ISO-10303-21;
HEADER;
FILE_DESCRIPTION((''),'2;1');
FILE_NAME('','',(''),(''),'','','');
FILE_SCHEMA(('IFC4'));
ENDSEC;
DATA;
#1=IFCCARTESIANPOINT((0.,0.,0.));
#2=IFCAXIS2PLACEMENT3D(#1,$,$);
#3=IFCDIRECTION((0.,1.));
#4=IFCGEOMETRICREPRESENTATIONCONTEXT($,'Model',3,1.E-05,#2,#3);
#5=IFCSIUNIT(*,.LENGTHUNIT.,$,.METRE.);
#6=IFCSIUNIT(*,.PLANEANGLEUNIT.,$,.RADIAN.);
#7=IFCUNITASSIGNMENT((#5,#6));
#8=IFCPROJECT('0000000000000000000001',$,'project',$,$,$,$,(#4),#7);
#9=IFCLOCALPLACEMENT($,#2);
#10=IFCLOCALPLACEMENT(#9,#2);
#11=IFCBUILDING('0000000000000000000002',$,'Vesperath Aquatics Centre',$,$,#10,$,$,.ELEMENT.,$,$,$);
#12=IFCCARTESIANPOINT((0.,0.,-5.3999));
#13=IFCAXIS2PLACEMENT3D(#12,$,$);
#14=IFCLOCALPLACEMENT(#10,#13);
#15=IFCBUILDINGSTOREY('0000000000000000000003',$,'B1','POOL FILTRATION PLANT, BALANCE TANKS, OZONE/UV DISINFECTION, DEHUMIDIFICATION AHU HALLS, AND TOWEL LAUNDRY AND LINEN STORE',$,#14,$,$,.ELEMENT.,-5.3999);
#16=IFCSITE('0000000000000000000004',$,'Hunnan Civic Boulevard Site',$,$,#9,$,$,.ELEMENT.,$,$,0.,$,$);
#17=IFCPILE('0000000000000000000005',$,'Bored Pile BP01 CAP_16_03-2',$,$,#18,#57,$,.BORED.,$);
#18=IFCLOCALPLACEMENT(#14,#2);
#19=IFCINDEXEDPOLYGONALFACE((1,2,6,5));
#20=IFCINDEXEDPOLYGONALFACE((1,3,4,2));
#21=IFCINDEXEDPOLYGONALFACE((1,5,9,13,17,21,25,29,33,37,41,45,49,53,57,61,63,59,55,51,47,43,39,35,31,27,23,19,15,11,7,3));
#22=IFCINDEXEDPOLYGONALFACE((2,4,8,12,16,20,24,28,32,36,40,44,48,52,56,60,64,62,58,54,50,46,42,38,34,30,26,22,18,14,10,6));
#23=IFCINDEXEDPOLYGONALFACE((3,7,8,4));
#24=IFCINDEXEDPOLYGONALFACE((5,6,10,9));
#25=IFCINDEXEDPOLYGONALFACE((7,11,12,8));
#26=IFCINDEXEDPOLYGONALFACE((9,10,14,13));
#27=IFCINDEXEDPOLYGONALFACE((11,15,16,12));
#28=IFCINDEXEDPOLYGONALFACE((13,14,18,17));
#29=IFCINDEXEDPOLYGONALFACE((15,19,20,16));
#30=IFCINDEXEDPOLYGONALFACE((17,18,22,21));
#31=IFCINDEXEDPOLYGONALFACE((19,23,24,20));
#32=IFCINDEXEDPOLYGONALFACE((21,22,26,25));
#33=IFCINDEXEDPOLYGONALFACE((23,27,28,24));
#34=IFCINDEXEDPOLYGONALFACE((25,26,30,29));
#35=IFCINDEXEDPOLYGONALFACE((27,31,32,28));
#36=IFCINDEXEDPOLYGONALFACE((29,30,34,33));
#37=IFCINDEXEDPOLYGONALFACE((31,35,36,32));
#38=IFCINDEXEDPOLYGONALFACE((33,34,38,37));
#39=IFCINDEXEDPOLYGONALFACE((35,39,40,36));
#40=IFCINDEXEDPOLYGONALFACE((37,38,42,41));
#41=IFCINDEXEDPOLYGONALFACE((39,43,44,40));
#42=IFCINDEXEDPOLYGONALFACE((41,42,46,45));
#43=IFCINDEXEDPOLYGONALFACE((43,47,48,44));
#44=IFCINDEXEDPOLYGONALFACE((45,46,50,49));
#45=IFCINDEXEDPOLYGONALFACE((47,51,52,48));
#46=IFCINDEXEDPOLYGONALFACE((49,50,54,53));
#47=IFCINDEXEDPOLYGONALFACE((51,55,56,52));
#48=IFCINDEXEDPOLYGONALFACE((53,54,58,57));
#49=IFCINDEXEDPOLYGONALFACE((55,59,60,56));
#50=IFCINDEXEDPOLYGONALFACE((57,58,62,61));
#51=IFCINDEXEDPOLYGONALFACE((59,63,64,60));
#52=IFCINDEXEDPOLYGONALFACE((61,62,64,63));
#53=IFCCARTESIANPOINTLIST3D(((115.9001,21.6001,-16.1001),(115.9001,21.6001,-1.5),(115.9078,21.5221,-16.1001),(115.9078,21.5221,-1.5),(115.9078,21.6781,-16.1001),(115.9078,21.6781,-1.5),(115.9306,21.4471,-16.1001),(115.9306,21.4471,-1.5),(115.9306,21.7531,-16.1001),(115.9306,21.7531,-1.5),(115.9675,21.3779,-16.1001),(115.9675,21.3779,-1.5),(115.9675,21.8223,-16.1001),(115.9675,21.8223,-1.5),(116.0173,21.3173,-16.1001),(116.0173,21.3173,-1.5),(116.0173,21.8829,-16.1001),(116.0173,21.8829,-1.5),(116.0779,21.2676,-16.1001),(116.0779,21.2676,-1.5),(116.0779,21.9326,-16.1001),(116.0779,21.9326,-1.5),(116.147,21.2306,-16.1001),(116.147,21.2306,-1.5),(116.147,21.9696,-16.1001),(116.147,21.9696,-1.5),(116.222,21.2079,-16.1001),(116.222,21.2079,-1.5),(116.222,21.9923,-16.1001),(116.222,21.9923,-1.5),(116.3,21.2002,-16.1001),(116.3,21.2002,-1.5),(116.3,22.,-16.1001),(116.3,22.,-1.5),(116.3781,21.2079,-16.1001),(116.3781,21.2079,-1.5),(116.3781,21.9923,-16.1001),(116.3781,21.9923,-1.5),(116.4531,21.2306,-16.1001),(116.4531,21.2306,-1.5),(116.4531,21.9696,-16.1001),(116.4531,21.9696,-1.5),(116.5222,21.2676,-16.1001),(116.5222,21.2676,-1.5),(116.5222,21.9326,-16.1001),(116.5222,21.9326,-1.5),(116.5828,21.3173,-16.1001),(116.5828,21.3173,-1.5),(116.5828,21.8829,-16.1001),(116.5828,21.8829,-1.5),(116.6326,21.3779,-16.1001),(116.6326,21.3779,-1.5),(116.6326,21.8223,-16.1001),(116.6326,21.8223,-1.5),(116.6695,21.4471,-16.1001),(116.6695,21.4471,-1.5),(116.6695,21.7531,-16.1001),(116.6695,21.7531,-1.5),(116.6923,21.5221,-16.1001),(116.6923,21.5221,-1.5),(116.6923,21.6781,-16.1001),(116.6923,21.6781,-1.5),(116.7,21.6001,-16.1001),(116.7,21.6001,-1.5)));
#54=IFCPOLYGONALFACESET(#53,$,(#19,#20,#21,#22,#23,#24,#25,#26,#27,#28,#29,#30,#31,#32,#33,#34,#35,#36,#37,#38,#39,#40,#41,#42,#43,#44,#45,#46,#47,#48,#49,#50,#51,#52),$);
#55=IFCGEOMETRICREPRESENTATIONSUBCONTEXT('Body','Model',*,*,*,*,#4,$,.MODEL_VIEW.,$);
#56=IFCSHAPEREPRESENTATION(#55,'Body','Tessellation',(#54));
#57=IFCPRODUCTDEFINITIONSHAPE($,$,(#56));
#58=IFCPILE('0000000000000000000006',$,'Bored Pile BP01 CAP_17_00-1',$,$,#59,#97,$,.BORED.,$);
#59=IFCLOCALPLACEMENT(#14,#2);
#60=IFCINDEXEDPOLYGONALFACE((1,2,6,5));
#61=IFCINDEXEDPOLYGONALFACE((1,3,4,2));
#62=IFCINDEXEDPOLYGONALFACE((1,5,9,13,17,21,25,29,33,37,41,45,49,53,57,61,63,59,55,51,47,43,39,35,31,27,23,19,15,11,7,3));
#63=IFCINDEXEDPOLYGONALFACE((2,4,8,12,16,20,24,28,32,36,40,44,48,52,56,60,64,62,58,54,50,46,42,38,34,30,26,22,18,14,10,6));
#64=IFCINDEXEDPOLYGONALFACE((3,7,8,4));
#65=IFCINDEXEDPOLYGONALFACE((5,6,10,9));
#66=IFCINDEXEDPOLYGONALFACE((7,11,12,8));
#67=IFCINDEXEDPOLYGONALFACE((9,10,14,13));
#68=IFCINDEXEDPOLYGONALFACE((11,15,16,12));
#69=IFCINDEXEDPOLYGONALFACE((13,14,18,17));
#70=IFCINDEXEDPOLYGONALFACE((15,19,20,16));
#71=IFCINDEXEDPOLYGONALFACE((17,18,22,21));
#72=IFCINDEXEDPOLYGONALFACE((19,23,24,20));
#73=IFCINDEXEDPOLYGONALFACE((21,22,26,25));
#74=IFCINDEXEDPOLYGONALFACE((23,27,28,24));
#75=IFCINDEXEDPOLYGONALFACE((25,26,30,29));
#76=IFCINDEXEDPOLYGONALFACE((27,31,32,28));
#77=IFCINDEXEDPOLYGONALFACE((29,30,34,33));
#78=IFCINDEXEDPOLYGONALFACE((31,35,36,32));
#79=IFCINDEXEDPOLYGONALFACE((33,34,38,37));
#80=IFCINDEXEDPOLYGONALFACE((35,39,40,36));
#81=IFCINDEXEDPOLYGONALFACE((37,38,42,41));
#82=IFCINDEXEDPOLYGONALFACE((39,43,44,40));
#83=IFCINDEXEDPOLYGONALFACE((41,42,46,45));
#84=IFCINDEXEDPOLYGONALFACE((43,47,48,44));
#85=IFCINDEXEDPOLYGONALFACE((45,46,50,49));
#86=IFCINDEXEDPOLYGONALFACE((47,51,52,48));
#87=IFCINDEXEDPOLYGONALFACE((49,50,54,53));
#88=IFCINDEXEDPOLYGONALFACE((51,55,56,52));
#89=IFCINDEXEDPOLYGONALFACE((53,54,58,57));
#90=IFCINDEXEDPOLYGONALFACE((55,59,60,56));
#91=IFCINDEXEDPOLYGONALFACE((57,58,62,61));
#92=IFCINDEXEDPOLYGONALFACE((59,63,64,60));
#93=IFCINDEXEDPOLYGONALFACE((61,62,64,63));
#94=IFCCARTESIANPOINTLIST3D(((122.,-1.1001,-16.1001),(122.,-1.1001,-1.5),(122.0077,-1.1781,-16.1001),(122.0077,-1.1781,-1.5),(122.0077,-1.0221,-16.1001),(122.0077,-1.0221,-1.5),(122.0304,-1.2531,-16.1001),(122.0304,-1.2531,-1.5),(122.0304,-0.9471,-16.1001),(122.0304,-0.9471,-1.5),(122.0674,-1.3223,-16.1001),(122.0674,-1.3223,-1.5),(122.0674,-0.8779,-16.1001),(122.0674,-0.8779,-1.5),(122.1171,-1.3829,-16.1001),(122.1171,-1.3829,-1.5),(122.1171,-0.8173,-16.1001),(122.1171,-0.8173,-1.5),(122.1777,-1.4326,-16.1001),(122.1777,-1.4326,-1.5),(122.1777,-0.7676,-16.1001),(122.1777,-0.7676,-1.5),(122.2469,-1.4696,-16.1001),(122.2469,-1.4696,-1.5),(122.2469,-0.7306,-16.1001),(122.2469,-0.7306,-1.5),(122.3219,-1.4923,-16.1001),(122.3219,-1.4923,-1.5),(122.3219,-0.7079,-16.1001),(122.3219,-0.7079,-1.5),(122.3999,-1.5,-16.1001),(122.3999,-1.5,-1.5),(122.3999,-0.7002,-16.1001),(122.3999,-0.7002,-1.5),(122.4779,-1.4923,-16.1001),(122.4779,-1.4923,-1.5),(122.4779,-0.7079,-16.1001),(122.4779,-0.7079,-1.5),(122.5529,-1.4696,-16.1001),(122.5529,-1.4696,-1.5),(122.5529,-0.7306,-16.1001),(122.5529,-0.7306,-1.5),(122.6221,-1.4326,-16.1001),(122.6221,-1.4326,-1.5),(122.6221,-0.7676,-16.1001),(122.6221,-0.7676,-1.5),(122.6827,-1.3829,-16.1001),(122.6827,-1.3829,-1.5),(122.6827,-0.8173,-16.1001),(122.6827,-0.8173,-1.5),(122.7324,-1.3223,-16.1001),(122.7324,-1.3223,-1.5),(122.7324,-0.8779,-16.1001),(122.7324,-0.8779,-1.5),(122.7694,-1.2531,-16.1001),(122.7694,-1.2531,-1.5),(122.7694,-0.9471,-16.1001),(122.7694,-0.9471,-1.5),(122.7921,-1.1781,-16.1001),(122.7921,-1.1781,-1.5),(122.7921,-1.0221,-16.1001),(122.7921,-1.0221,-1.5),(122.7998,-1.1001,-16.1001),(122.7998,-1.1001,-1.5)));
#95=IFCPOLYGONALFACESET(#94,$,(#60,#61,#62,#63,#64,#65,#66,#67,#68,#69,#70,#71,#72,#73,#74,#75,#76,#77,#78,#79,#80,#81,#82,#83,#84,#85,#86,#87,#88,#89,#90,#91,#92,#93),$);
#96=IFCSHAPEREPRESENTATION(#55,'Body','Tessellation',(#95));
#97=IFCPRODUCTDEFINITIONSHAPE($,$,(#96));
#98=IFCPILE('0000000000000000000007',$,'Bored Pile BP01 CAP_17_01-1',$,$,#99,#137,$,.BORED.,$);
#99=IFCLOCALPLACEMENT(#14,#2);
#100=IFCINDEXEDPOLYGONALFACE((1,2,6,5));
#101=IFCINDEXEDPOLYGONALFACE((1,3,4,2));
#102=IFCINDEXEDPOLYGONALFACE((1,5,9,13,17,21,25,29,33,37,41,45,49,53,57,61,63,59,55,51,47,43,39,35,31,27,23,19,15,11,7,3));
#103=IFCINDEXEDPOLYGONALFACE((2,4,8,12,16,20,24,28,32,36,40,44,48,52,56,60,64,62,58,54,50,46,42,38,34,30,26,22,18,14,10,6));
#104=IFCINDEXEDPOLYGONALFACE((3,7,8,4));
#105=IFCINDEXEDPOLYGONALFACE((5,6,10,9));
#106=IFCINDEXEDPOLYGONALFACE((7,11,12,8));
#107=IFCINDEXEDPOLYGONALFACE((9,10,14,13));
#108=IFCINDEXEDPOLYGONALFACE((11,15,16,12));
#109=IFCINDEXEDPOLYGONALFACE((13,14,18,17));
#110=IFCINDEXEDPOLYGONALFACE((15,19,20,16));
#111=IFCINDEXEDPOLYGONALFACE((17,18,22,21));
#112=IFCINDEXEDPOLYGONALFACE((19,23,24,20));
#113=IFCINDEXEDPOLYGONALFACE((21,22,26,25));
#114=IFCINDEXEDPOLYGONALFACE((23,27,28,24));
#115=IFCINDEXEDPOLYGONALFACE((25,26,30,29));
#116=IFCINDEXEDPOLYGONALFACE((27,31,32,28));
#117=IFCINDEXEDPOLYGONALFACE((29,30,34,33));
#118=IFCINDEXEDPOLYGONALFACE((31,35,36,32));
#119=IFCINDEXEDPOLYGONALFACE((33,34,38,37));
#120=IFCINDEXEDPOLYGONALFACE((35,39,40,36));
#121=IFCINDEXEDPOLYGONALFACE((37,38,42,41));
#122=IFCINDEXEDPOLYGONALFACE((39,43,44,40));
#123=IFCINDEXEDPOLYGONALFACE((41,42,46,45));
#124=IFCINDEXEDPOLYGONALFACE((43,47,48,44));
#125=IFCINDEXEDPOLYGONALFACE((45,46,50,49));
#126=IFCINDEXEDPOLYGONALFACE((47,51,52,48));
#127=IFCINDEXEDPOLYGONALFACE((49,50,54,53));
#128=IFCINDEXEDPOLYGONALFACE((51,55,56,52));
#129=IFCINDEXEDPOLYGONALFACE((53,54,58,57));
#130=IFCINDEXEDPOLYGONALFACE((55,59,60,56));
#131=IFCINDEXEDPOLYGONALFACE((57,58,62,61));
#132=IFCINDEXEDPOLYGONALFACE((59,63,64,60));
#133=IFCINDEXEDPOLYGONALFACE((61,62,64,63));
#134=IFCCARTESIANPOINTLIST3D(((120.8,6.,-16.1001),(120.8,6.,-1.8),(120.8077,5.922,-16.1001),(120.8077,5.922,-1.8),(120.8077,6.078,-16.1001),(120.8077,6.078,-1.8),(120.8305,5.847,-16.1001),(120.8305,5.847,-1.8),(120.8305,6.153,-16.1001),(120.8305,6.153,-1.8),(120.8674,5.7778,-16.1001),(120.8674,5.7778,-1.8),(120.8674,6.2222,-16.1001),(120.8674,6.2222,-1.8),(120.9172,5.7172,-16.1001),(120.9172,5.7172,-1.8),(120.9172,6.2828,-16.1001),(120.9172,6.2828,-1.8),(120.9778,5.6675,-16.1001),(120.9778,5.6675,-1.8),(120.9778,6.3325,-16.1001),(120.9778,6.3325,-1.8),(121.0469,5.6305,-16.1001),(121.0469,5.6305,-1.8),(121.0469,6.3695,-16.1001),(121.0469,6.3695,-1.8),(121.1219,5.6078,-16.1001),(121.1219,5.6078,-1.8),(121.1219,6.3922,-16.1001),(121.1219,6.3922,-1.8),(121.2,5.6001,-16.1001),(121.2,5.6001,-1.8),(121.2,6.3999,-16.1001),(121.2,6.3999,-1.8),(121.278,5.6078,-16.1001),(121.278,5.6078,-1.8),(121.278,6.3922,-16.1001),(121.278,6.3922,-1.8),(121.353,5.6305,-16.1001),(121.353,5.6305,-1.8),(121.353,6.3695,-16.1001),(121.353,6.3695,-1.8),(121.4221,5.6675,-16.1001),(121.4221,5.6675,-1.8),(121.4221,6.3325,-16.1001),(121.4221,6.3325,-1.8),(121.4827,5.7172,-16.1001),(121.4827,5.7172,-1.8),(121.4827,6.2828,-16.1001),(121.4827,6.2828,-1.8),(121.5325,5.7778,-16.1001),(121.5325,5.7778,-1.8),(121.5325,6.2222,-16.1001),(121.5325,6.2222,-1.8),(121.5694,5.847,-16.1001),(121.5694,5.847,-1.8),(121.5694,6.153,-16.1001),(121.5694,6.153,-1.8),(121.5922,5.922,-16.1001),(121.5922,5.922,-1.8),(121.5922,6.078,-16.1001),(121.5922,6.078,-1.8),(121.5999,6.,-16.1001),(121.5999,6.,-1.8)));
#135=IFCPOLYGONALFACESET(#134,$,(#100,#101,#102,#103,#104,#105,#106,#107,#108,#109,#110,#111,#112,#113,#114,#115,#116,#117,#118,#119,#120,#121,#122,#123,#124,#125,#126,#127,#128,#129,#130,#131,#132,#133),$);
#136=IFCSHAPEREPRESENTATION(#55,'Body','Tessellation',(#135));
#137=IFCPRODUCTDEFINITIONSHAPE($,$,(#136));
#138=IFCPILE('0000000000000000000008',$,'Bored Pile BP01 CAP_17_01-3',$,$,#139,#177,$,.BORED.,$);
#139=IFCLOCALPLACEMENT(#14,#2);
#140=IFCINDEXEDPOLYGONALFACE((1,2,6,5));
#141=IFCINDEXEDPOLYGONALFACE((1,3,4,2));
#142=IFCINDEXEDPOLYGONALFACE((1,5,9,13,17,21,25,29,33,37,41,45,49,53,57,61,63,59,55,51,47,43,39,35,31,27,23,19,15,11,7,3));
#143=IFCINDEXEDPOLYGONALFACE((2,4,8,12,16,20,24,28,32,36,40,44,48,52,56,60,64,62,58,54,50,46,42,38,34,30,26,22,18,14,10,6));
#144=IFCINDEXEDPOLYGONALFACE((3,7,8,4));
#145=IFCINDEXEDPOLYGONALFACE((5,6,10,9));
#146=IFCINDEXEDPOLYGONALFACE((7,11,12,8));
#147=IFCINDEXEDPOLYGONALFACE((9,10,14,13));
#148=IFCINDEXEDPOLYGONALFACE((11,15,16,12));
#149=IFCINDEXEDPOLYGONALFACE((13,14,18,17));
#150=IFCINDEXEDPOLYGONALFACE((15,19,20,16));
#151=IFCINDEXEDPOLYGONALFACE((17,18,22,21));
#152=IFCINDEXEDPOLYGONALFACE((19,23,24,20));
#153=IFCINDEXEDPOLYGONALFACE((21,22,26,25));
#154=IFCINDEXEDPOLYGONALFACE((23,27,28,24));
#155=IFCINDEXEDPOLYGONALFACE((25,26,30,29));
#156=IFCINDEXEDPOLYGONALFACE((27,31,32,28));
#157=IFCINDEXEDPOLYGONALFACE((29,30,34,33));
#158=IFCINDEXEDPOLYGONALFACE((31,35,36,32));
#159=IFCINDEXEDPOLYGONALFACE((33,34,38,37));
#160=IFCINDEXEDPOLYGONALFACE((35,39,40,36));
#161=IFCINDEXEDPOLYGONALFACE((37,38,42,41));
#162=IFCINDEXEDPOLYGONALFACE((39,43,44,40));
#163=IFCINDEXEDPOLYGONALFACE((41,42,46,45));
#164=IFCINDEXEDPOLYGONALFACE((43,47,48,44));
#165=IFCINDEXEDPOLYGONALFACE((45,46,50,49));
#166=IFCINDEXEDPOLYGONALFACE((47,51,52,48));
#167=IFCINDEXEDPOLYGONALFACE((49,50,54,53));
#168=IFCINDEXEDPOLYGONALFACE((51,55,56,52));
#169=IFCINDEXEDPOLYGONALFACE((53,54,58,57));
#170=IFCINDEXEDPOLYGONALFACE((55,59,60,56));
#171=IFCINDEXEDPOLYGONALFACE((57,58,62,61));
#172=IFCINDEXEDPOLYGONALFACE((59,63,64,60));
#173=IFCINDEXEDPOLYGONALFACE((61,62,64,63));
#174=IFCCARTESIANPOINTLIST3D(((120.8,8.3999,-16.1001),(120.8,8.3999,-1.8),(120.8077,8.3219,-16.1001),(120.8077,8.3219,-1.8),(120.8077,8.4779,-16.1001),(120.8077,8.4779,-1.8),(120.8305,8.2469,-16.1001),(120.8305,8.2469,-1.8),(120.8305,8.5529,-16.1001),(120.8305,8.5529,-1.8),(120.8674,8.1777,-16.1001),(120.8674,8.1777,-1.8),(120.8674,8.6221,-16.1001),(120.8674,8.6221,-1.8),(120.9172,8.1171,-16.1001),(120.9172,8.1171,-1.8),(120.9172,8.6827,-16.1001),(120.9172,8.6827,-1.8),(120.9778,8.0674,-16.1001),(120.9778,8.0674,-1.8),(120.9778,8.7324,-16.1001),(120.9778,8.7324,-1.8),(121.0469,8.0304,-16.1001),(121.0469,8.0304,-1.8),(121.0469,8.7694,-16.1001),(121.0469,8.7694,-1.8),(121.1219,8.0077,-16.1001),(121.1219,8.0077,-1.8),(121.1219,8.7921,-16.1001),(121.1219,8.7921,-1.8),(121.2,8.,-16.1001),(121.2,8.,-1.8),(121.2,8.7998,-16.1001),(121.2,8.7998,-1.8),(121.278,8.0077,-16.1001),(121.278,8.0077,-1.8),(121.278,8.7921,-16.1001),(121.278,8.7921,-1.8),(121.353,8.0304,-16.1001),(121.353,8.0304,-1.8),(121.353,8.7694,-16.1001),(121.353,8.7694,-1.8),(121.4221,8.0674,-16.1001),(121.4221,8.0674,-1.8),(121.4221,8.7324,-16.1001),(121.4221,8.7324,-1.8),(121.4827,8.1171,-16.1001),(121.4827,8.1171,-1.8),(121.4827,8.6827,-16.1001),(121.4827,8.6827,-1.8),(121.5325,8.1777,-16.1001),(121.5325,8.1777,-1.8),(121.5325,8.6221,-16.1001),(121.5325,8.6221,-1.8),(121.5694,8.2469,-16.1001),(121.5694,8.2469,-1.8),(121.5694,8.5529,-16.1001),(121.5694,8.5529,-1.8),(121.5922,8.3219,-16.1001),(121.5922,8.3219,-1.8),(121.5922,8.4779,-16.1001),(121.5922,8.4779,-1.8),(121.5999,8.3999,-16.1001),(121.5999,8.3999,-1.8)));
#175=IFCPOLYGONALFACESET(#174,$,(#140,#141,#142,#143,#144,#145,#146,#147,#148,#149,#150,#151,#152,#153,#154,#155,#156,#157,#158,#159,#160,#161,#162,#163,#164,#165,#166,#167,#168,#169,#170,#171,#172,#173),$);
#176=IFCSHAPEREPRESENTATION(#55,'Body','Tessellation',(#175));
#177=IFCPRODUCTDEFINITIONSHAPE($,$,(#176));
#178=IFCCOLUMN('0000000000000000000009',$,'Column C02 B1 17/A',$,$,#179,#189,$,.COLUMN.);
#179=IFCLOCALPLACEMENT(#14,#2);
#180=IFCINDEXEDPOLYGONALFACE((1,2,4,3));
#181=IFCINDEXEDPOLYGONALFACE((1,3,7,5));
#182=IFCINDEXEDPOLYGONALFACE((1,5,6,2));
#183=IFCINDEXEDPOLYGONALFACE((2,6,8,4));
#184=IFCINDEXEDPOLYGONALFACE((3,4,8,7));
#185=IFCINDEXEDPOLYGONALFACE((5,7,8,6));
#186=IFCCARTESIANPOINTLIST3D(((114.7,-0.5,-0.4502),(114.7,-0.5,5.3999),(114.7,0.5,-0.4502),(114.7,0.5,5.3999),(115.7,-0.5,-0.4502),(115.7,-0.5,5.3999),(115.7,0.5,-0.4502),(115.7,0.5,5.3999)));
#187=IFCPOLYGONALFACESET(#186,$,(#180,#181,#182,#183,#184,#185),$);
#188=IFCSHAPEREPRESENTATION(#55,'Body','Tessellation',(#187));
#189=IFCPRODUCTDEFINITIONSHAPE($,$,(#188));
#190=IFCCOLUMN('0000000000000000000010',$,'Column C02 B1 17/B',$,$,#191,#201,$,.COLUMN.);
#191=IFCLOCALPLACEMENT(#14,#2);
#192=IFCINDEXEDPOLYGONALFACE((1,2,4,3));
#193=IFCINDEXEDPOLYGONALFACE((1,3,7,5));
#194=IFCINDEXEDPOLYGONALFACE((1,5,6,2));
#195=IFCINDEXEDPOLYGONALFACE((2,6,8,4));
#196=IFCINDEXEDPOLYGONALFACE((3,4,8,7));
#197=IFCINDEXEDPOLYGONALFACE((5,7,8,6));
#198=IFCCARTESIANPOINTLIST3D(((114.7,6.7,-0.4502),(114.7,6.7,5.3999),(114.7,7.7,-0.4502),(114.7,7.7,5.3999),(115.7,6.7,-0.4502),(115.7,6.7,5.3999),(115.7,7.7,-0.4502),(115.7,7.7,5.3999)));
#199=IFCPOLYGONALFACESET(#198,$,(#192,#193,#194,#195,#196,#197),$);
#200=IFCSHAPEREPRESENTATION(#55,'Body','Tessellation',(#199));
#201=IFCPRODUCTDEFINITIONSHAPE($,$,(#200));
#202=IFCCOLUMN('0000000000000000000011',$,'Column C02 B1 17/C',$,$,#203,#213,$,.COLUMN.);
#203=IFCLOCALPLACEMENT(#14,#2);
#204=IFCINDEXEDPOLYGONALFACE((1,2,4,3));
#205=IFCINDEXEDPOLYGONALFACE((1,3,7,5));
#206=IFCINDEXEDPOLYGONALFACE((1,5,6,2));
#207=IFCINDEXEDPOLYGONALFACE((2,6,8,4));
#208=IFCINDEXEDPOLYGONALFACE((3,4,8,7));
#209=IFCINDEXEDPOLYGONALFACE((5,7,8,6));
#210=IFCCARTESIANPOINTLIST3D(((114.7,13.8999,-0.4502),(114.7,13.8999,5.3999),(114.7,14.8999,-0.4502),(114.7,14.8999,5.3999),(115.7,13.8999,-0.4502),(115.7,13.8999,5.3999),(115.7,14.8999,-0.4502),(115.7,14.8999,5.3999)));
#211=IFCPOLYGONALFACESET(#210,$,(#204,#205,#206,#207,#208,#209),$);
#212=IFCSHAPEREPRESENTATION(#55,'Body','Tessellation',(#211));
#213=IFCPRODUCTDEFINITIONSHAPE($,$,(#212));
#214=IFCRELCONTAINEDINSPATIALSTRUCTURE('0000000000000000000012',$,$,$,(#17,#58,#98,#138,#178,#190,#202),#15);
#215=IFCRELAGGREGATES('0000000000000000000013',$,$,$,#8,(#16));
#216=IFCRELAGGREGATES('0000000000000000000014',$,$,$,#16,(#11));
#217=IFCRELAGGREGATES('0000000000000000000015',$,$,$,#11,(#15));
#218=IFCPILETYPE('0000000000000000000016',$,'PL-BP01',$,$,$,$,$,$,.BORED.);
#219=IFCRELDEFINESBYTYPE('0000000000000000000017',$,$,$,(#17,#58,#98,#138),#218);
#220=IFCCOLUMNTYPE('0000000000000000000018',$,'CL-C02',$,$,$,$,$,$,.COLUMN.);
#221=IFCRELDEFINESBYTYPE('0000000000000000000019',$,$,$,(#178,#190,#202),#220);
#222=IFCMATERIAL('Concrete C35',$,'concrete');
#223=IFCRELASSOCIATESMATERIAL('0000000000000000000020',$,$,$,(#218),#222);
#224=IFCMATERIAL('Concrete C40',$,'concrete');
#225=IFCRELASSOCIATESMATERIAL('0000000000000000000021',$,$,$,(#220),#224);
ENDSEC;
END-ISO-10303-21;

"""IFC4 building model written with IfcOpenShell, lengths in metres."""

from ifc_helpers import new_model, si_unit, direction, frame, origin, origin_2d, place, context, subcontext, project, spatial, rectangle, circle, extrude, material, material_profile, profile_set, type_object, element, save


model = new_model("IFC4")

# Units and contexts
model_context = context("Model", 3, precision=1e-05, world=origin(), true_north=direction((0.0, 1.0)))
body_context = subcontext(model_context, "Body", "Model", "MODEL_VIEW")
ifc_project = project(units=[si_unit("LENGTHUNIT", "METRE"), si_unit("PLANEANGLEUNIT", "RADIAN")], contexts=[model_context])

# Site, building, storey
site_placement = place(None, origin())
site = spatial("IfcSite", under=ifc_project, at=site_placement, Name="Hunnan Civic Boulevard Site", CompositionType="ELEMENT", RefElevation=0.0)
building_placement = place(site_placement, origin())
building = spatial("IfcBuilding", under=site, at=building_placement, Name="Vesperath Aquatics Centre", CompositionType="ELEMENT")
storey_placement = place(building_placement, frame((0.0, 0.0, -5.3999)))
storey = spatial("IfcBuildingStorey", under=building, at=storey_placement, Name="B1", Description="POOL FILTRATION PLANT, BALANCE TANKS, OZONE/UV DISINFECTION, DEHUMIDIFICATION AHU HALLS, AND TOWEL LAUNDRY AND LINEN STORE", CompositionType="ELEMENT", Elevation=-5.3999)

# Shared definitions
ifc_material_1 = material(Name="Concrete C40", Category="concrete")

# Piles
ifc_material_2 = material(Name="Concrete C35", Category="concrete")
ifc_material_profile_1 = material_profile(ifc_material_2, circle(Radius=0.3999, at=origin_2d()), Name="PILE D800")
ifc_profile_set_1 = profile_set([ifc_material_profile_1], Name="Concrete C35")
pile_type = type_object("IfcPileType", Name="PL-BP01", PredefinedType="BORED", material=ifc_profile_set_1)
for number, where, z_axis, x_axis, name in (
    (1, (116.3, 21.6001, -1.5), (0.0, 0.0, -1.0), (1.0, 0.0, 0.0), "Bored Pile BP01 CAP_16_03-2"),
    (2, (122.3999, -1.1001, -1.5), (0.0, 0.0, -1.0), (1.0, 0.0, 0.0), "Bored Pile BP01 CAP_17_00-1"),
):
    element("IfcPile", number, at=place(storey_placement, frame(where, z_axis=z_axis, x_axis=x_axis)), inside=storey, type_object=pile_type, Name=name, PredefinedType="BORED", context=body_context, shape_type="SweptSolid", body=[
        extrude(circle(Radius=0.3999, at=origin_2d()), origin(), (0.0, 0.0, 1.0), 14.6001),
    ])
for number, where, z_axis, x_axis, name in (
    (3, (121.2, 6.0, -1.8), (0.0, 0.0, -1.0), (1.0, 0.0, 0.0), "Bored Pile BP01 CAP_17_01-1"),
    (4, (121.2, 8.3999, -1.8), (0.0, 0.0, -1.0), (1.0, 0.0, 0.0), "Bored Pile BP01 CAP_17_01-3"),
):
    element("IfcPile", number, at=place(storey_placement, frame(where, z_axis=z_axis, x_axis=x_axis)), inside=storey, type_object=pile_type, Name=name, PredefinedType="BORED", context=body_context, shape_type="SweptSolid", body=[
        extrude(circle(Radius=0.3999, at=origin_2d()), origin(), (0.0, 0.0, 1.0), 14.3),
    ])

# Columns
ifc_material_profile_2 = material_profile(ifc_material_1, rectangle(XDim=1.0, YDim=1.0, at=origin_2d()), Name="RC 1000x1000")
ifc_profile_set_2 = profile_set([ifc_material_profile_2], Name="Concrete C40")
column_type_1 = type_object("IfcColumnType", Name="CL-C02", PredefinedType="COLUMN", material=ifc_profile_set_2)
for number, where, z_axis, x_axis, name in (
    (5, (115.2, 0.0, -0.4502), (0.0, 0.0, 1.0), (1.0, 0.0, 0.0), "Column C02 B1 17/A"),
    (6, (115.2, 7.2, -0.4502), (0.0, 0.0, 1.0), (1.0, 0.0, 0.0), "Column C02 B1 17/B"),
    (7, (115.2, 14.3999, -0.4502), (0.0, 0.0, 1.0), (1.0, 0.0, 0.0), "Column C02 B1 17/C"),
):
    element("IfcColumn", number, at=place(storey_placement, frame(where, z_axis=z_axis, x_axis=x_axis)), inside=storey, type_object=column_type_1, Name=name, PredefinedType="COLUMN", context=body_context, shape_type="SweptSolid", body=[
        extrude(rectangle(XDim=1.0, YDim=1.0, at=origin_2d()), origin(), (0.0, 0.0, 1.0), 5.8501),
    ])

save(model, "model.ifc")
